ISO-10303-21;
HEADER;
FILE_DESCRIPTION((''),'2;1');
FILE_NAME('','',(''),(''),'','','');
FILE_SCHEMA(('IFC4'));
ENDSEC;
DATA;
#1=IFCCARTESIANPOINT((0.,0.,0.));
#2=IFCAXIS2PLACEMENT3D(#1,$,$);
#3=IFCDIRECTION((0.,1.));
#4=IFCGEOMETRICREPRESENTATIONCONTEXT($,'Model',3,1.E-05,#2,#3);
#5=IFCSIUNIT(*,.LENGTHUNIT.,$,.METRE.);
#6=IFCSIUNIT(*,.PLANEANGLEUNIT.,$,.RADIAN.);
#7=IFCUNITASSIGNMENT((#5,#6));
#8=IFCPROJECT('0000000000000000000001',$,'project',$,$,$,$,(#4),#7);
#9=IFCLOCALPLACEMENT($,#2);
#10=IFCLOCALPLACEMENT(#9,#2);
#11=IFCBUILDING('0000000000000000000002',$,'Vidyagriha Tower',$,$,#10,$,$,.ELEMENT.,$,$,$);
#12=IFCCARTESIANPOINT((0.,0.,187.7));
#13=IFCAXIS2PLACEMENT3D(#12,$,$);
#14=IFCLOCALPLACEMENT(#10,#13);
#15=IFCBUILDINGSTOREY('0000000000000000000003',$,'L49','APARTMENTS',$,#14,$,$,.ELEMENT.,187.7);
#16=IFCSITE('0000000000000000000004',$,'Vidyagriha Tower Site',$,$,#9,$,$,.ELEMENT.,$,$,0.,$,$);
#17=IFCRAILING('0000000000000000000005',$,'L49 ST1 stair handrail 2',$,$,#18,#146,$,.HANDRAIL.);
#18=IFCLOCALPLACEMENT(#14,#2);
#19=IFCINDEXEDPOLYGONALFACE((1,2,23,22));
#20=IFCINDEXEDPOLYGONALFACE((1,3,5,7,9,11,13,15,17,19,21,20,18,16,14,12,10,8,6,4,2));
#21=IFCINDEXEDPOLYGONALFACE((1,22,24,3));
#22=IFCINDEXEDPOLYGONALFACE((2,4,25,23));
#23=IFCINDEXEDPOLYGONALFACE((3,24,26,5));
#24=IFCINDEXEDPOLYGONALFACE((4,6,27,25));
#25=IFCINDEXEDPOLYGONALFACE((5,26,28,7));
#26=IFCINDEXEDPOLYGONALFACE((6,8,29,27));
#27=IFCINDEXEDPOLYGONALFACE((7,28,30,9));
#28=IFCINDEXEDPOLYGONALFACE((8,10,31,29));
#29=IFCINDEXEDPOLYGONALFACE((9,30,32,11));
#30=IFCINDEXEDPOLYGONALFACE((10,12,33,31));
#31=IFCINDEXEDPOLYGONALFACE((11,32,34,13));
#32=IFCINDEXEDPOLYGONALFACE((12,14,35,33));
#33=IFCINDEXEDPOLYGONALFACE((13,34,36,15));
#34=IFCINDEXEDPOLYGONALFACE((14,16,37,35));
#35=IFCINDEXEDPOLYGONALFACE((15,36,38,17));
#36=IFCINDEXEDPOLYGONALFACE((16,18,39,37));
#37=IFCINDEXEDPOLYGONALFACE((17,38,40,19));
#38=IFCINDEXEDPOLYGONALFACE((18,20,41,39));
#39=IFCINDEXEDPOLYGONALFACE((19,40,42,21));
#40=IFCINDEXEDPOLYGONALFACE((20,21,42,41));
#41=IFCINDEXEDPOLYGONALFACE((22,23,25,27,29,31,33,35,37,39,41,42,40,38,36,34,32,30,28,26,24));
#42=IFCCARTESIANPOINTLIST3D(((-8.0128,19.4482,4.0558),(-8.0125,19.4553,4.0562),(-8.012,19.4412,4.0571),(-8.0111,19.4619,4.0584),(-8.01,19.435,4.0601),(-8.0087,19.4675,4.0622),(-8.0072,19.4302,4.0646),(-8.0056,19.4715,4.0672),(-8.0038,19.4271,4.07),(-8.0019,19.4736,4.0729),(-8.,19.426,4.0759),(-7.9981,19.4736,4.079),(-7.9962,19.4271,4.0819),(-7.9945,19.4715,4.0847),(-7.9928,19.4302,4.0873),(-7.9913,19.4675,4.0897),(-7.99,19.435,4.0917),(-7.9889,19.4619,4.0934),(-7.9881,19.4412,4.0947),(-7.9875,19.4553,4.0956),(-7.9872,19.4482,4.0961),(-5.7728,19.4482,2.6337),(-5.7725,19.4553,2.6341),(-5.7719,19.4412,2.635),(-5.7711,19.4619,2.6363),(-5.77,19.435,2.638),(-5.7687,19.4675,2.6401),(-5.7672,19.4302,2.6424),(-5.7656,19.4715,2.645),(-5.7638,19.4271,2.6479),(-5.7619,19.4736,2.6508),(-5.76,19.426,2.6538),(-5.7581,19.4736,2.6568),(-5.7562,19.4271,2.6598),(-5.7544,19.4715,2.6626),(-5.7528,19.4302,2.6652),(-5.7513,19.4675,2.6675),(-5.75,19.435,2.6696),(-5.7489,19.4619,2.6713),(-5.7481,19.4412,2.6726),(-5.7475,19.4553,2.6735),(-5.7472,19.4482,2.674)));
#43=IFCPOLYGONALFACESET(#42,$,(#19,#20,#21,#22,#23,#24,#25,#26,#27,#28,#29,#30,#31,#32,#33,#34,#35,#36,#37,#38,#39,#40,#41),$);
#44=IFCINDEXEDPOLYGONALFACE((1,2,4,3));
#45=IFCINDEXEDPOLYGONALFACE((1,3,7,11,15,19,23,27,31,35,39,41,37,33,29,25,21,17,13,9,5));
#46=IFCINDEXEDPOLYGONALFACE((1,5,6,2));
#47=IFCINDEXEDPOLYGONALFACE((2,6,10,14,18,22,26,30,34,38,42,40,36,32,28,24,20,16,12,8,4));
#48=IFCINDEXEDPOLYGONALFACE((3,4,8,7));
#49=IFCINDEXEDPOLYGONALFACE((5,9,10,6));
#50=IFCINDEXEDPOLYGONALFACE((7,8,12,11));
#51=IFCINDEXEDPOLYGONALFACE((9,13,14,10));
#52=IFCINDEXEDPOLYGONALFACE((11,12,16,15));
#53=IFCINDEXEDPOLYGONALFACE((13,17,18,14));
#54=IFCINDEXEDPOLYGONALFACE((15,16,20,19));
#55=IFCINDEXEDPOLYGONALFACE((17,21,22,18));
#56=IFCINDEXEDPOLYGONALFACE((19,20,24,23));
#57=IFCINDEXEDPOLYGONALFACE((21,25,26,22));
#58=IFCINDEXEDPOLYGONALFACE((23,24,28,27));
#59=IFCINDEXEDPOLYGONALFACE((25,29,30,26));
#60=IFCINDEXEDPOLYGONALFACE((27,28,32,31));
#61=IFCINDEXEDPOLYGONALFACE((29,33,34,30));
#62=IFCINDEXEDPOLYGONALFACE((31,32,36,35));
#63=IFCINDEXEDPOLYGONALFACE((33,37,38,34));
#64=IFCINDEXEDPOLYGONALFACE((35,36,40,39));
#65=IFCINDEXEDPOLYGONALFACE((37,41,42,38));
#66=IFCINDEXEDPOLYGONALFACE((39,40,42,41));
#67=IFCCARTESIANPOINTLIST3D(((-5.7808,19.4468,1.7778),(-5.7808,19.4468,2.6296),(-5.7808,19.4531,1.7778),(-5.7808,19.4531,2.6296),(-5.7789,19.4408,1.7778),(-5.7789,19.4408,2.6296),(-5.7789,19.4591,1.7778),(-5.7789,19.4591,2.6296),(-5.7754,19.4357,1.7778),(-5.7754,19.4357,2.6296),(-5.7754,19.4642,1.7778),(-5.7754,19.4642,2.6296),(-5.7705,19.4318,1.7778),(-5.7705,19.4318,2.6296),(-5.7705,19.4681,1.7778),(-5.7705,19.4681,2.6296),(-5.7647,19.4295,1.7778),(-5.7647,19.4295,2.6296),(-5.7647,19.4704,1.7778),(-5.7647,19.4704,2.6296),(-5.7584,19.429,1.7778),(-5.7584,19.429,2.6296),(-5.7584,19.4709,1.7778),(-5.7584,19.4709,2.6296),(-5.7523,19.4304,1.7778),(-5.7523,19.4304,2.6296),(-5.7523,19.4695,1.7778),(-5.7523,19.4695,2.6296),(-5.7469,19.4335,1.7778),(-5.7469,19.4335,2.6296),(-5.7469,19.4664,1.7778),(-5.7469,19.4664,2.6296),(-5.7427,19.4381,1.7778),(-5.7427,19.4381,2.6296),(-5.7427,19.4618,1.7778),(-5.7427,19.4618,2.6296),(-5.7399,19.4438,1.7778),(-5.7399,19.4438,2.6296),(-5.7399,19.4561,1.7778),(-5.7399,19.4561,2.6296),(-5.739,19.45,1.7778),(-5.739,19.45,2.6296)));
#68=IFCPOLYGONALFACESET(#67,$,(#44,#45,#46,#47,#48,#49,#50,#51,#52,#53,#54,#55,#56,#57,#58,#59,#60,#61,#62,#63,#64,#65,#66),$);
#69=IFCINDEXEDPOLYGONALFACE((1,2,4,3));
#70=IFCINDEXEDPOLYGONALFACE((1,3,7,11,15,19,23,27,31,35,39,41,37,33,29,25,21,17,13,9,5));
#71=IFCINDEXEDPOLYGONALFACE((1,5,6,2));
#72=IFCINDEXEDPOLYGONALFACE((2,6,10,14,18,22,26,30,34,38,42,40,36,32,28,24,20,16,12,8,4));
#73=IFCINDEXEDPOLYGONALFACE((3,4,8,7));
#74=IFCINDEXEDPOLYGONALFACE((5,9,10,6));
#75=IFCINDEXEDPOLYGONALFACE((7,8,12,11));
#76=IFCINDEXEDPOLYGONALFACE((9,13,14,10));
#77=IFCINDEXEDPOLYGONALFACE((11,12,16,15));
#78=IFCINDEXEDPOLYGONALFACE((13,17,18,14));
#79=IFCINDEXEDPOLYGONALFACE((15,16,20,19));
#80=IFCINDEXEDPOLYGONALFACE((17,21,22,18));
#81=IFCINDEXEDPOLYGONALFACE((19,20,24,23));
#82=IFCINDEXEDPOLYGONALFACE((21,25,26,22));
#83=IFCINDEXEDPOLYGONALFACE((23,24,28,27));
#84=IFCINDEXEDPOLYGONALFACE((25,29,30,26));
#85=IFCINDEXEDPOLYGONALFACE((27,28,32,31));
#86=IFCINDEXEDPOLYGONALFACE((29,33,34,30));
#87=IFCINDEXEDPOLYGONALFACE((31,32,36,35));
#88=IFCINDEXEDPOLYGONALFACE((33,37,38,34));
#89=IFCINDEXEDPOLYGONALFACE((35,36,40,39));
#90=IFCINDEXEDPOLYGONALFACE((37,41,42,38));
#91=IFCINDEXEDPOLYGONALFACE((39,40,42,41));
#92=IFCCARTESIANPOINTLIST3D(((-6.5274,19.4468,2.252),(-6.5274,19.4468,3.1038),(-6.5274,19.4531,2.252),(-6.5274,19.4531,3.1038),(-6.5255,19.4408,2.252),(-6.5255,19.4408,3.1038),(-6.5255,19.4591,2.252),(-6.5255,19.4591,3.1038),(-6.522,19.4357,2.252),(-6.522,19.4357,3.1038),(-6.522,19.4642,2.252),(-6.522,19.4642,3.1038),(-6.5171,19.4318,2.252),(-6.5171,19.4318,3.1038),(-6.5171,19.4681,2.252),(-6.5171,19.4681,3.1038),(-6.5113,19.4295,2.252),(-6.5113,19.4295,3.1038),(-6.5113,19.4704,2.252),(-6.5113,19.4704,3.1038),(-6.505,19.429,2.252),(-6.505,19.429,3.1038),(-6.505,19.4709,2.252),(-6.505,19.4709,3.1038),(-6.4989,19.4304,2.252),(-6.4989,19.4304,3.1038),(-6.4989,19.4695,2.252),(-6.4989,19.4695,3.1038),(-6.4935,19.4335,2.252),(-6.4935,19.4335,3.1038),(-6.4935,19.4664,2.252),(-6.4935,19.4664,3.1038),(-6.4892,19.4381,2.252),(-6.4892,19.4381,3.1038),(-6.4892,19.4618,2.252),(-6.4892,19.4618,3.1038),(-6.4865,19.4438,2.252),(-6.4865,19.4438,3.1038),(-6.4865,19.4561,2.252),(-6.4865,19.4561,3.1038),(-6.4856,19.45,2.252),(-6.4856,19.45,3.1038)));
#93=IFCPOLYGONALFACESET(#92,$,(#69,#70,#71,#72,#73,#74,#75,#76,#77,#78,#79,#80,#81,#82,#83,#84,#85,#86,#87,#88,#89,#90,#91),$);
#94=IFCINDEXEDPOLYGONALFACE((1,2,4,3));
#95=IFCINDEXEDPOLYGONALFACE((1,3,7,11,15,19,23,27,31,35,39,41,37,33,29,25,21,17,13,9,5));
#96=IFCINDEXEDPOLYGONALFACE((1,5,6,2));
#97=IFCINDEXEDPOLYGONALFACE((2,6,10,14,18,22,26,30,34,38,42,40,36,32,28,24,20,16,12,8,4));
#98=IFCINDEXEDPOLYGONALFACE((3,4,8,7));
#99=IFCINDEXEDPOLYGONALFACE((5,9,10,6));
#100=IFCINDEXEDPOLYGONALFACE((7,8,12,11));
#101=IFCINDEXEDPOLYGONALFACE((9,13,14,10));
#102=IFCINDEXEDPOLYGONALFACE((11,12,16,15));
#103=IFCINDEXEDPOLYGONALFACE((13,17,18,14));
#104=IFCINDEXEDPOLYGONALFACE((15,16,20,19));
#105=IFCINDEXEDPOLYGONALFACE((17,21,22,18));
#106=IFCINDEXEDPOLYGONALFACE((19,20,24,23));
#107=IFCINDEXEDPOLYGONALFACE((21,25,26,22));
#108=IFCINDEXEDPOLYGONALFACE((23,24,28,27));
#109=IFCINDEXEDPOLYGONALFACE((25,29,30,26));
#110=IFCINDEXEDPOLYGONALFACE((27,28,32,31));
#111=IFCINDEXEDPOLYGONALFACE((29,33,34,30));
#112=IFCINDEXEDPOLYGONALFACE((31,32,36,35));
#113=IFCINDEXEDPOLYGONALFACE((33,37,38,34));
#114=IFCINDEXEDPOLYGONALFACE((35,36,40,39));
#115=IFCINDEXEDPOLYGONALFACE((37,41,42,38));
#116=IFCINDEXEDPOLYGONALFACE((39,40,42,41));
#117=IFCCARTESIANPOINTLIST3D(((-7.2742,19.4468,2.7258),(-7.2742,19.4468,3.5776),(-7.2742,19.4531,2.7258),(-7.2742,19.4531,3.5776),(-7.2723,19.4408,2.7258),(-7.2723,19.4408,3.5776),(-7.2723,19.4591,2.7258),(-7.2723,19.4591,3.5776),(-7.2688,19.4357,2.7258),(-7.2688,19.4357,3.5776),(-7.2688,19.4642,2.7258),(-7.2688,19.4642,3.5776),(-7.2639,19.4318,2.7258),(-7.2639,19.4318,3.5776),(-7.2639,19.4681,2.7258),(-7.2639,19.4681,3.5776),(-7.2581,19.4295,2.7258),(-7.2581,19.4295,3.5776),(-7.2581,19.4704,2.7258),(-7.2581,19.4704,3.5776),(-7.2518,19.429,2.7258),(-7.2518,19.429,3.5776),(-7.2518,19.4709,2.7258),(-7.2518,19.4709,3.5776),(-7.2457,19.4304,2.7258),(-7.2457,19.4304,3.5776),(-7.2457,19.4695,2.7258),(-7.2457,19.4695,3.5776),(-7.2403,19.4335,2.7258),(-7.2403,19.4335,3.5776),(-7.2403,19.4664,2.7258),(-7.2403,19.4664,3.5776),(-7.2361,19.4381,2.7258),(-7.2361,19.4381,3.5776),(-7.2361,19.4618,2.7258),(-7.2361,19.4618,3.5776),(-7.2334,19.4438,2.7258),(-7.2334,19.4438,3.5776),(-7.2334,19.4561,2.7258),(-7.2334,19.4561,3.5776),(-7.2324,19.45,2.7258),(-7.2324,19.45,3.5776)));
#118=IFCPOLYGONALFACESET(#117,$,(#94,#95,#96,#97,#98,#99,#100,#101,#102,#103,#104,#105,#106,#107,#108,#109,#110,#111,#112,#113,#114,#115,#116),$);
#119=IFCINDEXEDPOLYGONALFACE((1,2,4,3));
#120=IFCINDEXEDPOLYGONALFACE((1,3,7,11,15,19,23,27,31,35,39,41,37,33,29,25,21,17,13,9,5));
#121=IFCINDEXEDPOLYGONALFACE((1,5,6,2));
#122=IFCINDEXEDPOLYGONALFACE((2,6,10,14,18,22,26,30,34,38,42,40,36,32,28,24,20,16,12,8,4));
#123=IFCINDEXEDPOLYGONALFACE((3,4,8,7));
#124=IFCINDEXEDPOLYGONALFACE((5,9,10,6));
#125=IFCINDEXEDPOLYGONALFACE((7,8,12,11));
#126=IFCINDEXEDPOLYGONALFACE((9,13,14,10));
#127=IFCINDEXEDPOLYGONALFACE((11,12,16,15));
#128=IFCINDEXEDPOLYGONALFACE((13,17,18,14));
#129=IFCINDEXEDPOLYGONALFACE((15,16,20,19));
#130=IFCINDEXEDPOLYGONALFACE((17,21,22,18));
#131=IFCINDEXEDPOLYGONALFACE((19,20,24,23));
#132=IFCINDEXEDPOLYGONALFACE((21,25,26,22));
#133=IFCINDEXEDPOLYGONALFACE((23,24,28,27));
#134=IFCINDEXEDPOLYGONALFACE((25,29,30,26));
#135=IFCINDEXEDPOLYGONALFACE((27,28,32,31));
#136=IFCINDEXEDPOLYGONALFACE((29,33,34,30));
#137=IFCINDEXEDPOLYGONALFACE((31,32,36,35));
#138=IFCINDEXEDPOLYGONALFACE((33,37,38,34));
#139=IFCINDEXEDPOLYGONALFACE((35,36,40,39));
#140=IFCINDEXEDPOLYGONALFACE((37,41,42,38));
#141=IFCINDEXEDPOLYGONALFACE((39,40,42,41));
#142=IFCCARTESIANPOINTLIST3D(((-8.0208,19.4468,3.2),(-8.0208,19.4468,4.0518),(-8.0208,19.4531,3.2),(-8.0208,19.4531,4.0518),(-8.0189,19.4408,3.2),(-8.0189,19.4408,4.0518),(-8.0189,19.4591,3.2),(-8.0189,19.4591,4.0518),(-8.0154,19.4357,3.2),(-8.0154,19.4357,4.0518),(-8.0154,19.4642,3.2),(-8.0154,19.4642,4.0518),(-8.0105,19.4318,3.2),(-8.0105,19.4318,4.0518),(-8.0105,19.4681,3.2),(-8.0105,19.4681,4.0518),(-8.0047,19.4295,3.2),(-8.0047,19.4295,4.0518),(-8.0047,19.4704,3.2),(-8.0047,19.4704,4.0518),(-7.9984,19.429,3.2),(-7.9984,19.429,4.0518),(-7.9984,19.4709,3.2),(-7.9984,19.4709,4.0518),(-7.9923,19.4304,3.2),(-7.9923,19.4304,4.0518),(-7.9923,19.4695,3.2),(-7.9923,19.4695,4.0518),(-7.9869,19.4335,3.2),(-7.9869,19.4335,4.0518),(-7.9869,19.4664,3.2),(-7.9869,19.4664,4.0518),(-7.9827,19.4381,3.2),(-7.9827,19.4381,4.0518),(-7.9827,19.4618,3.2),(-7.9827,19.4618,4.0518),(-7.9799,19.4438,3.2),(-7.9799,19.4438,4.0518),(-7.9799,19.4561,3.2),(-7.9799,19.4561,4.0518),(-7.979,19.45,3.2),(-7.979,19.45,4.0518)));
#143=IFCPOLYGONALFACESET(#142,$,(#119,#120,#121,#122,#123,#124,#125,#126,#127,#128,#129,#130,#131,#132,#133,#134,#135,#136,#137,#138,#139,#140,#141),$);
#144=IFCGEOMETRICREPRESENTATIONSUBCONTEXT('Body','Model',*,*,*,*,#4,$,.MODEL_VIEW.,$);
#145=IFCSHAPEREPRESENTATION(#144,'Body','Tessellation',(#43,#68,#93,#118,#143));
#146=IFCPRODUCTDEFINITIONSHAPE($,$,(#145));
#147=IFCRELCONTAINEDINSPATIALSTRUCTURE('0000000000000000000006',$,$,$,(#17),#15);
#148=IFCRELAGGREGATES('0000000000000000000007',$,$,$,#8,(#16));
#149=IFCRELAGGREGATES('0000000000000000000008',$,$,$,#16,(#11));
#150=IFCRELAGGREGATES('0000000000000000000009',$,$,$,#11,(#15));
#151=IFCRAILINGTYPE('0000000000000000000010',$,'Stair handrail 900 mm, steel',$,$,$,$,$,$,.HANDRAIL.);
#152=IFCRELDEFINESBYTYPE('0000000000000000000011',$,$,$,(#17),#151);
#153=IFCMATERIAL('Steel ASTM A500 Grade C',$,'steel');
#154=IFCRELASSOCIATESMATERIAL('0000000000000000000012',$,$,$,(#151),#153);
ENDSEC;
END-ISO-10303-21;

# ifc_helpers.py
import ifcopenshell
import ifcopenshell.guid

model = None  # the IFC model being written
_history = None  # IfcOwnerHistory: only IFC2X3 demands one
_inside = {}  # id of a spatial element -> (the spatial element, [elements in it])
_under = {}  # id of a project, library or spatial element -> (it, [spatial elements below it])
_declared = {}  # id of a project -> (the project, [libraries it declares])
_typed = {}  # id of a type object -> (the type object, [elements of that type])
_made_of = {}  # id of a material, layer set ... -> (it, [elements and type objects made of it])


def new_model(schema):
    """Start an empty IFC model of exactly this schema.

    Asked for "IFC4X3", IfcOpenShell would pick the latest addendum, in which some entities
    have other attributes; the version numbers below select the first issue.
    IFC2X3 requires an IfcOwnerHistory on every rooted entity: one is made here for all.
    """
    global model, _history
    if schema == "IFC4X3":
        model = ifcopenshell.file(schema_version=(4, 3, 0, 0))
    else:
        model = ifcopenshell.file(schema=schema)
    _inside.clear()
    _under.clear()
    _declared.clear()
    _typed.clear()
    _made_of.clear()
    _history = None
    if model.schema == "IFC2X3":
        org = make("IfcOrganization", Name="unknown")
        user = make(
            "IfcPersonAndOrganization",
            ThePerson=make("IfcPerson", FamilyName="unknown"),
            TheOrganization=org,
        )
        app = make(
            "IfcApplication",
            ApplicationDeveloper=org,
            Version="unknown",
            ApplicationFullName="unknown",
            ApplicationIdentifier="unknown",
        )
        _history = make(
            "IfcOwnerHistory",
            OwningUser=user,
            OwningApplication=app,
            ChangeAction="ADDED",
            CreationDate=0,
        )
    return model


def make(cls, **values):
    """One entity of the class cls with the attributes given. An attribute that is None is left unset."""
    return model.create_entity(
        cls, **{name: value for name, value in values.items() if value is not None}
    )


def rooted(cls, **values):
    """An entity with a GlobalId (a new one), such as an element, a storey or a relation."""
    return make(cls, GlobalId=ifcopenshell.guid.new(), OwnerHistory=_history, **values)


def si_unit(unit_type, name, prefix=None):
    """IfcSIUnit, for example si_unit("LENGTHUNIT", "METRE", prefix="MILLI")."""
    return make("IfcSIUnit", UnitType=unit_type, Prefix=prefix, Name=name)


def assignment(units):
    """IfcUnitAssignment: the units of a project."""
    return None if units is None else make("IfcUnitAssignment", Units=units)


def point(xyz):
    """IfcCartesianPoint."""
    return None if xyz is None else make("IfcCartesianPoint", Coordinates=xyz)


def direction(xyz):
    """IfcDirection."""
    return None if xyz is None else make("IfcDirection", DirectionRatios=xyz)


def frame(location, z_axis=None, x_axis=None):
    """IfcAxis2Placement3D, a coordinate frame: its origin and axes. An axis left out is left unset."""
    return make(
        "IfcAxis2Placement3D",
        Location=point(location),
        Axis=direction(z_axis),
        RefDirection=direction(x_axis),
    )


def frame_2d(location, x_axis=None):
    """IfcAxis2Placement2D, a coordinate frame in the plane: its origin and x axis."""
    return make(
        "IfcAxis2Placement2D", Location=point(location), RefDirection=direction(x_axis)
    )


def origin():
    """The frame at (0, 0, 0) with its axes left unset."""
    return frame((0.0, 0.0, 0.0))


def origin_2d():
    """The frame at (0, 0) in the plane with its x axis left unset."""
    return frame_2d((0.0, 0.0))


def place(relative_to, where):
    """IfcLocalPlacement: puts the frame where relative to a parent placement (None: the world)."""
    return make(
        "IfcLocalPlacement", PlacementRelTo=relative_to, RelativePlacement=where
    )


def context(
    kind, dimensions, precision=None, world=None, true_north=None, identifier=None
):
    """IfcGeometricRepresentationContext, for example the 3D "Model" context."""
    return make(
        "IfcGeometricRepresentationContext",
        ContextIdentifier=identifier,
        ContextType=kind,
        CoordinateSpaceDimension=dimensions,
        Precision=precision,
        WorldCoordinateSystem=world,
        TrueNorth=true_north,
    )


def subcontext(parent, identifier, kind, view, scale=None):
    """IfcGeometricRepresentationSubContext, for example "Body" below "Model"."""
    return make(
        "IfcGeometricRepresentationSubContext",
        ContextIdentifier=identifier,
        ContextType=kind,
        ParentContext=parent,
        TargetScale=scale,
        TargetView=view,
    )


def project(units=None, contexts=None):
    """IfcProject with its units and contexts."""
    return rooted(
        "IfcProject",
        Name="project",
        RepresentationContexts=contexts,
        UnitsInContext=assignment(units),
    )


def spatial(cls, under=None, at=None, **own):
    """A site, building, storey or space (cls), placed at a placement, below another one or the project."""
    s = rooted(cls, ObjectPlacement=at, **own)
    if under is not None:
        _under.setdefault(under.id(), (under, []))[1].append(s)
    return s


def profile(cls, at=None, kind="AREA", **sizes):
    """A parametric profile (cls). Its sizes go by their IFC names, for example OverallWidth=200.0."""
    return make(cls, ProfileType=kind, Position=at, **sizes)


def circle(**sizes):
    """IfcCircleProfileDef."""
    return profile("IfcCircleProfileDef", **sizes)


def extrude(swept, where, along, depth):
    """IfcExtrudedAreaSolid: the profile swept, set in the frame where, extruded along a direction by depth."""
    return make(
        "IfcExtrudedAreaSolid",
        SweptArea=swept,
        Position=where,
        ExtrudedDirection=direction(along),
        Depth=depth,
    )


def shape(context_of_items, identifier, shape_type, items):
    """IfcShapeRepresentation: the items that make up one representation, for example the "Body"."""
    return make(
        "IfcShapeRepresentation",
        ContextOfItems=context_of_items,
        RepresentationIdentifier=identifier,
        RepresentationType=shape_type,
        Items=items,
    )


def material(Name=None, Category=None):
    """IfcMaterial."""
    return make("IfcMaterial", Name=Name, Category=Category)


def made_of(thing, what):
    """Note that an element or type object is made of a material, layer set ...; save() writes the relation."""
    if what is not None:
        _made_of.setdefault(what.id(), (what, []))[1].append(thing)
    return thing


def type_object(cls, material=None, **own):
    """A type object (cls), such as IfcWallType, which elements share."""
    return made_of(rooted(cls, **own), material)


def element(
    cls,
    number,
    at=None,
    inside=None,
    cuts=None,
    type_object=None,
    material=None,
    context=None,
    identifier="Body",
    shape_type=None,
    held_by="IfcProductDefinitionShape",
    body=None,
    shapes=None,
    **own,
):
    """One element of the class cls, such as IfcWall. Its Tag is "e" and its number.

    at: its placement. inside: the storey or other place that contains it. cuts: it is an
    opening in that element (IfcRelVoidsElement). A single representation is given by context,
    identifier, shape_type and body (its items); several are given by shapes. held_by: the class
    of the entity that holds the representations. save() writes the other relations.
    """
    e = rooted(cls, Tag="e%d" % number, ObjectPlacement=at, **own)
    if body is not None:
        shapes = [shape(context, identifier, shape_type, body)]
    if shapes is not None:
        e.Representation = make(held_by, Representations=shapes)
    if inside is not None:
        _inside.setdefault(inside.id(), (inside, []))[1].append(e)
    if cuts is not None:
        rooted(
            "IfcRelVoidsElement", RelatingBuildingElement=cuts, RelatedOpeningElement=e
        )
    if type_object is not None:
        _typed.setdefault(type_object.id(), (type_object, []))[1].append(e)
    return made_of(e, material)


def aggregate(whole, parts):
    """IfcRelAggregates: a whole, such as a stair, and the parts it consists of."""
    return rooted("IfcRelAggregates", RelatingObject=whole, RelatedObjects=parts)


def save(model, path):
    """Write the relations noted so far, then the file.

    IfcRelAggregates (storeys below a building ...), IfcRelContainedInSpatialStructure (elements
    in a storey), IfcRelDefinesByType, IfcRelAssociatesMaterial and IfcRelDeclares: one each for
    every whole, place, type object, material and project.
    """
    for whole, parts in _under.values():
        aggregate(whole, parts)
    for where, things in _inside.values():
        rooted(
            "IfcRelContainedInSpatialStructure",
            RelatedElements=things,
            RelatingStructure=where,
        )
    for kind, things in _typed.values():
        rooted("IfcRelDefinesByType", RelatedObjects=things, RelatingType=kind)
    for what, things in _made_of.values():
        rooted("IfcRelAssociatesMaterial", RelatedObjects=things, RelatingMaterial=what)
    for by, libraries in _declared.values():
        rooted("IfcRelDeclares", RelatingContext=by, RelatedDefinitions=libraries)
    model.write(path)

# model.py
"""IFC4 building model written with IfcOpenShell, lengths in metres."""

from ifc_helpers import new_model, si_unit, direction, frame, origin, origin_2d, place, context, subcontext, project, spatial, circle, extrude, material, type_object, element, save


model = new_model("IFC4")

# Units and contexts
model_context = context("Model", 3, precision=1e-05, world=origin(), true_north=direction((0.0, 1.0)))
body_context = subcontext(model_context, "Body", "Model", "MODEL_VIEW")
ifc_project = project(units=[si_unit("LENGTHUNIT", "METRE"), si_unit("PLANEANGLEUNIT", "RADIAN")], contexts=[model_context])

# Site, building, storey
site_placement = place(None, origin())
site = spatial("IfcSite", under=ifc_project, at=site_placement, Name="Vidyagriha Tower Site", CompositionType="ELEMENT", RefElevation=0.0)
building_placement = place(site_placement, origin())
building = spatial("IfcBuilding", under=site, at=building_placement, Name="Vidyagriha Tower", CompositionType="ELEMENT")
storey_placement = place(building_placement, frame((0.0, 0.0, 187.7)))
storey = spatial("IfcBuildingStorey", under=building, at=storey_placement, Name="L49", Description="APARTMENTS", CompositionType="ELEMENT", Elevation=187.7)

# Railing
ifc_material_1 = material(Name="Steel ASTM A500 Grade C", Category="steel")
railing_type_1 = type_object("IfcRailingType", Name="Stair handrail 900 mm, steel", PredefinedType="HANDRAIL", material=ifc_material_1)
railing_1_placement = place(storey_placement, frame((-5.76, 19.45, 1.7778)))
element("IfcRailing", 1, at=railing_1_placement, inside=storey, type_object=railing_type_1, Name="L49 ST1 stair handrail 2", PredefinedType="HANDRAIL", context=body_context, shape_type="SweptSolid", body=[
    extrude(circle(Radius=0.0239, at=origin_2d()), frame((0.0, 0.0, 0.876), z_axis=(-0.844229, 0.0, 0.535982), x_axis=(0.0, -1.0, 0.0)), (0.0, 0.0, 1.0), 2.6533),
    extrude(circle(Radius=0.021, at=origin_2d()), origin(), (0.0, 0.0, 1.0), 0.8518),
    extrude(circle(Radius=0.021, at=origin_2d()), frame((-0.7466, 0.0, 0.4741)), (0.0, 0.0, 1.0), 0.8518),
    extrude(circle(Radius=0.021, at=origin_2d()), frame((-1.4934, 0.0, 0.948)), (0.0, 0.0, 1.0), 0.8518),
    extrude(circle(Radius=0.021, at=origin_2d()), frame((-2.24, 0.0, 1.4221)), (0.0, 0.0, 1.0), 0.8518),
])

save(model, "model.ifc")
